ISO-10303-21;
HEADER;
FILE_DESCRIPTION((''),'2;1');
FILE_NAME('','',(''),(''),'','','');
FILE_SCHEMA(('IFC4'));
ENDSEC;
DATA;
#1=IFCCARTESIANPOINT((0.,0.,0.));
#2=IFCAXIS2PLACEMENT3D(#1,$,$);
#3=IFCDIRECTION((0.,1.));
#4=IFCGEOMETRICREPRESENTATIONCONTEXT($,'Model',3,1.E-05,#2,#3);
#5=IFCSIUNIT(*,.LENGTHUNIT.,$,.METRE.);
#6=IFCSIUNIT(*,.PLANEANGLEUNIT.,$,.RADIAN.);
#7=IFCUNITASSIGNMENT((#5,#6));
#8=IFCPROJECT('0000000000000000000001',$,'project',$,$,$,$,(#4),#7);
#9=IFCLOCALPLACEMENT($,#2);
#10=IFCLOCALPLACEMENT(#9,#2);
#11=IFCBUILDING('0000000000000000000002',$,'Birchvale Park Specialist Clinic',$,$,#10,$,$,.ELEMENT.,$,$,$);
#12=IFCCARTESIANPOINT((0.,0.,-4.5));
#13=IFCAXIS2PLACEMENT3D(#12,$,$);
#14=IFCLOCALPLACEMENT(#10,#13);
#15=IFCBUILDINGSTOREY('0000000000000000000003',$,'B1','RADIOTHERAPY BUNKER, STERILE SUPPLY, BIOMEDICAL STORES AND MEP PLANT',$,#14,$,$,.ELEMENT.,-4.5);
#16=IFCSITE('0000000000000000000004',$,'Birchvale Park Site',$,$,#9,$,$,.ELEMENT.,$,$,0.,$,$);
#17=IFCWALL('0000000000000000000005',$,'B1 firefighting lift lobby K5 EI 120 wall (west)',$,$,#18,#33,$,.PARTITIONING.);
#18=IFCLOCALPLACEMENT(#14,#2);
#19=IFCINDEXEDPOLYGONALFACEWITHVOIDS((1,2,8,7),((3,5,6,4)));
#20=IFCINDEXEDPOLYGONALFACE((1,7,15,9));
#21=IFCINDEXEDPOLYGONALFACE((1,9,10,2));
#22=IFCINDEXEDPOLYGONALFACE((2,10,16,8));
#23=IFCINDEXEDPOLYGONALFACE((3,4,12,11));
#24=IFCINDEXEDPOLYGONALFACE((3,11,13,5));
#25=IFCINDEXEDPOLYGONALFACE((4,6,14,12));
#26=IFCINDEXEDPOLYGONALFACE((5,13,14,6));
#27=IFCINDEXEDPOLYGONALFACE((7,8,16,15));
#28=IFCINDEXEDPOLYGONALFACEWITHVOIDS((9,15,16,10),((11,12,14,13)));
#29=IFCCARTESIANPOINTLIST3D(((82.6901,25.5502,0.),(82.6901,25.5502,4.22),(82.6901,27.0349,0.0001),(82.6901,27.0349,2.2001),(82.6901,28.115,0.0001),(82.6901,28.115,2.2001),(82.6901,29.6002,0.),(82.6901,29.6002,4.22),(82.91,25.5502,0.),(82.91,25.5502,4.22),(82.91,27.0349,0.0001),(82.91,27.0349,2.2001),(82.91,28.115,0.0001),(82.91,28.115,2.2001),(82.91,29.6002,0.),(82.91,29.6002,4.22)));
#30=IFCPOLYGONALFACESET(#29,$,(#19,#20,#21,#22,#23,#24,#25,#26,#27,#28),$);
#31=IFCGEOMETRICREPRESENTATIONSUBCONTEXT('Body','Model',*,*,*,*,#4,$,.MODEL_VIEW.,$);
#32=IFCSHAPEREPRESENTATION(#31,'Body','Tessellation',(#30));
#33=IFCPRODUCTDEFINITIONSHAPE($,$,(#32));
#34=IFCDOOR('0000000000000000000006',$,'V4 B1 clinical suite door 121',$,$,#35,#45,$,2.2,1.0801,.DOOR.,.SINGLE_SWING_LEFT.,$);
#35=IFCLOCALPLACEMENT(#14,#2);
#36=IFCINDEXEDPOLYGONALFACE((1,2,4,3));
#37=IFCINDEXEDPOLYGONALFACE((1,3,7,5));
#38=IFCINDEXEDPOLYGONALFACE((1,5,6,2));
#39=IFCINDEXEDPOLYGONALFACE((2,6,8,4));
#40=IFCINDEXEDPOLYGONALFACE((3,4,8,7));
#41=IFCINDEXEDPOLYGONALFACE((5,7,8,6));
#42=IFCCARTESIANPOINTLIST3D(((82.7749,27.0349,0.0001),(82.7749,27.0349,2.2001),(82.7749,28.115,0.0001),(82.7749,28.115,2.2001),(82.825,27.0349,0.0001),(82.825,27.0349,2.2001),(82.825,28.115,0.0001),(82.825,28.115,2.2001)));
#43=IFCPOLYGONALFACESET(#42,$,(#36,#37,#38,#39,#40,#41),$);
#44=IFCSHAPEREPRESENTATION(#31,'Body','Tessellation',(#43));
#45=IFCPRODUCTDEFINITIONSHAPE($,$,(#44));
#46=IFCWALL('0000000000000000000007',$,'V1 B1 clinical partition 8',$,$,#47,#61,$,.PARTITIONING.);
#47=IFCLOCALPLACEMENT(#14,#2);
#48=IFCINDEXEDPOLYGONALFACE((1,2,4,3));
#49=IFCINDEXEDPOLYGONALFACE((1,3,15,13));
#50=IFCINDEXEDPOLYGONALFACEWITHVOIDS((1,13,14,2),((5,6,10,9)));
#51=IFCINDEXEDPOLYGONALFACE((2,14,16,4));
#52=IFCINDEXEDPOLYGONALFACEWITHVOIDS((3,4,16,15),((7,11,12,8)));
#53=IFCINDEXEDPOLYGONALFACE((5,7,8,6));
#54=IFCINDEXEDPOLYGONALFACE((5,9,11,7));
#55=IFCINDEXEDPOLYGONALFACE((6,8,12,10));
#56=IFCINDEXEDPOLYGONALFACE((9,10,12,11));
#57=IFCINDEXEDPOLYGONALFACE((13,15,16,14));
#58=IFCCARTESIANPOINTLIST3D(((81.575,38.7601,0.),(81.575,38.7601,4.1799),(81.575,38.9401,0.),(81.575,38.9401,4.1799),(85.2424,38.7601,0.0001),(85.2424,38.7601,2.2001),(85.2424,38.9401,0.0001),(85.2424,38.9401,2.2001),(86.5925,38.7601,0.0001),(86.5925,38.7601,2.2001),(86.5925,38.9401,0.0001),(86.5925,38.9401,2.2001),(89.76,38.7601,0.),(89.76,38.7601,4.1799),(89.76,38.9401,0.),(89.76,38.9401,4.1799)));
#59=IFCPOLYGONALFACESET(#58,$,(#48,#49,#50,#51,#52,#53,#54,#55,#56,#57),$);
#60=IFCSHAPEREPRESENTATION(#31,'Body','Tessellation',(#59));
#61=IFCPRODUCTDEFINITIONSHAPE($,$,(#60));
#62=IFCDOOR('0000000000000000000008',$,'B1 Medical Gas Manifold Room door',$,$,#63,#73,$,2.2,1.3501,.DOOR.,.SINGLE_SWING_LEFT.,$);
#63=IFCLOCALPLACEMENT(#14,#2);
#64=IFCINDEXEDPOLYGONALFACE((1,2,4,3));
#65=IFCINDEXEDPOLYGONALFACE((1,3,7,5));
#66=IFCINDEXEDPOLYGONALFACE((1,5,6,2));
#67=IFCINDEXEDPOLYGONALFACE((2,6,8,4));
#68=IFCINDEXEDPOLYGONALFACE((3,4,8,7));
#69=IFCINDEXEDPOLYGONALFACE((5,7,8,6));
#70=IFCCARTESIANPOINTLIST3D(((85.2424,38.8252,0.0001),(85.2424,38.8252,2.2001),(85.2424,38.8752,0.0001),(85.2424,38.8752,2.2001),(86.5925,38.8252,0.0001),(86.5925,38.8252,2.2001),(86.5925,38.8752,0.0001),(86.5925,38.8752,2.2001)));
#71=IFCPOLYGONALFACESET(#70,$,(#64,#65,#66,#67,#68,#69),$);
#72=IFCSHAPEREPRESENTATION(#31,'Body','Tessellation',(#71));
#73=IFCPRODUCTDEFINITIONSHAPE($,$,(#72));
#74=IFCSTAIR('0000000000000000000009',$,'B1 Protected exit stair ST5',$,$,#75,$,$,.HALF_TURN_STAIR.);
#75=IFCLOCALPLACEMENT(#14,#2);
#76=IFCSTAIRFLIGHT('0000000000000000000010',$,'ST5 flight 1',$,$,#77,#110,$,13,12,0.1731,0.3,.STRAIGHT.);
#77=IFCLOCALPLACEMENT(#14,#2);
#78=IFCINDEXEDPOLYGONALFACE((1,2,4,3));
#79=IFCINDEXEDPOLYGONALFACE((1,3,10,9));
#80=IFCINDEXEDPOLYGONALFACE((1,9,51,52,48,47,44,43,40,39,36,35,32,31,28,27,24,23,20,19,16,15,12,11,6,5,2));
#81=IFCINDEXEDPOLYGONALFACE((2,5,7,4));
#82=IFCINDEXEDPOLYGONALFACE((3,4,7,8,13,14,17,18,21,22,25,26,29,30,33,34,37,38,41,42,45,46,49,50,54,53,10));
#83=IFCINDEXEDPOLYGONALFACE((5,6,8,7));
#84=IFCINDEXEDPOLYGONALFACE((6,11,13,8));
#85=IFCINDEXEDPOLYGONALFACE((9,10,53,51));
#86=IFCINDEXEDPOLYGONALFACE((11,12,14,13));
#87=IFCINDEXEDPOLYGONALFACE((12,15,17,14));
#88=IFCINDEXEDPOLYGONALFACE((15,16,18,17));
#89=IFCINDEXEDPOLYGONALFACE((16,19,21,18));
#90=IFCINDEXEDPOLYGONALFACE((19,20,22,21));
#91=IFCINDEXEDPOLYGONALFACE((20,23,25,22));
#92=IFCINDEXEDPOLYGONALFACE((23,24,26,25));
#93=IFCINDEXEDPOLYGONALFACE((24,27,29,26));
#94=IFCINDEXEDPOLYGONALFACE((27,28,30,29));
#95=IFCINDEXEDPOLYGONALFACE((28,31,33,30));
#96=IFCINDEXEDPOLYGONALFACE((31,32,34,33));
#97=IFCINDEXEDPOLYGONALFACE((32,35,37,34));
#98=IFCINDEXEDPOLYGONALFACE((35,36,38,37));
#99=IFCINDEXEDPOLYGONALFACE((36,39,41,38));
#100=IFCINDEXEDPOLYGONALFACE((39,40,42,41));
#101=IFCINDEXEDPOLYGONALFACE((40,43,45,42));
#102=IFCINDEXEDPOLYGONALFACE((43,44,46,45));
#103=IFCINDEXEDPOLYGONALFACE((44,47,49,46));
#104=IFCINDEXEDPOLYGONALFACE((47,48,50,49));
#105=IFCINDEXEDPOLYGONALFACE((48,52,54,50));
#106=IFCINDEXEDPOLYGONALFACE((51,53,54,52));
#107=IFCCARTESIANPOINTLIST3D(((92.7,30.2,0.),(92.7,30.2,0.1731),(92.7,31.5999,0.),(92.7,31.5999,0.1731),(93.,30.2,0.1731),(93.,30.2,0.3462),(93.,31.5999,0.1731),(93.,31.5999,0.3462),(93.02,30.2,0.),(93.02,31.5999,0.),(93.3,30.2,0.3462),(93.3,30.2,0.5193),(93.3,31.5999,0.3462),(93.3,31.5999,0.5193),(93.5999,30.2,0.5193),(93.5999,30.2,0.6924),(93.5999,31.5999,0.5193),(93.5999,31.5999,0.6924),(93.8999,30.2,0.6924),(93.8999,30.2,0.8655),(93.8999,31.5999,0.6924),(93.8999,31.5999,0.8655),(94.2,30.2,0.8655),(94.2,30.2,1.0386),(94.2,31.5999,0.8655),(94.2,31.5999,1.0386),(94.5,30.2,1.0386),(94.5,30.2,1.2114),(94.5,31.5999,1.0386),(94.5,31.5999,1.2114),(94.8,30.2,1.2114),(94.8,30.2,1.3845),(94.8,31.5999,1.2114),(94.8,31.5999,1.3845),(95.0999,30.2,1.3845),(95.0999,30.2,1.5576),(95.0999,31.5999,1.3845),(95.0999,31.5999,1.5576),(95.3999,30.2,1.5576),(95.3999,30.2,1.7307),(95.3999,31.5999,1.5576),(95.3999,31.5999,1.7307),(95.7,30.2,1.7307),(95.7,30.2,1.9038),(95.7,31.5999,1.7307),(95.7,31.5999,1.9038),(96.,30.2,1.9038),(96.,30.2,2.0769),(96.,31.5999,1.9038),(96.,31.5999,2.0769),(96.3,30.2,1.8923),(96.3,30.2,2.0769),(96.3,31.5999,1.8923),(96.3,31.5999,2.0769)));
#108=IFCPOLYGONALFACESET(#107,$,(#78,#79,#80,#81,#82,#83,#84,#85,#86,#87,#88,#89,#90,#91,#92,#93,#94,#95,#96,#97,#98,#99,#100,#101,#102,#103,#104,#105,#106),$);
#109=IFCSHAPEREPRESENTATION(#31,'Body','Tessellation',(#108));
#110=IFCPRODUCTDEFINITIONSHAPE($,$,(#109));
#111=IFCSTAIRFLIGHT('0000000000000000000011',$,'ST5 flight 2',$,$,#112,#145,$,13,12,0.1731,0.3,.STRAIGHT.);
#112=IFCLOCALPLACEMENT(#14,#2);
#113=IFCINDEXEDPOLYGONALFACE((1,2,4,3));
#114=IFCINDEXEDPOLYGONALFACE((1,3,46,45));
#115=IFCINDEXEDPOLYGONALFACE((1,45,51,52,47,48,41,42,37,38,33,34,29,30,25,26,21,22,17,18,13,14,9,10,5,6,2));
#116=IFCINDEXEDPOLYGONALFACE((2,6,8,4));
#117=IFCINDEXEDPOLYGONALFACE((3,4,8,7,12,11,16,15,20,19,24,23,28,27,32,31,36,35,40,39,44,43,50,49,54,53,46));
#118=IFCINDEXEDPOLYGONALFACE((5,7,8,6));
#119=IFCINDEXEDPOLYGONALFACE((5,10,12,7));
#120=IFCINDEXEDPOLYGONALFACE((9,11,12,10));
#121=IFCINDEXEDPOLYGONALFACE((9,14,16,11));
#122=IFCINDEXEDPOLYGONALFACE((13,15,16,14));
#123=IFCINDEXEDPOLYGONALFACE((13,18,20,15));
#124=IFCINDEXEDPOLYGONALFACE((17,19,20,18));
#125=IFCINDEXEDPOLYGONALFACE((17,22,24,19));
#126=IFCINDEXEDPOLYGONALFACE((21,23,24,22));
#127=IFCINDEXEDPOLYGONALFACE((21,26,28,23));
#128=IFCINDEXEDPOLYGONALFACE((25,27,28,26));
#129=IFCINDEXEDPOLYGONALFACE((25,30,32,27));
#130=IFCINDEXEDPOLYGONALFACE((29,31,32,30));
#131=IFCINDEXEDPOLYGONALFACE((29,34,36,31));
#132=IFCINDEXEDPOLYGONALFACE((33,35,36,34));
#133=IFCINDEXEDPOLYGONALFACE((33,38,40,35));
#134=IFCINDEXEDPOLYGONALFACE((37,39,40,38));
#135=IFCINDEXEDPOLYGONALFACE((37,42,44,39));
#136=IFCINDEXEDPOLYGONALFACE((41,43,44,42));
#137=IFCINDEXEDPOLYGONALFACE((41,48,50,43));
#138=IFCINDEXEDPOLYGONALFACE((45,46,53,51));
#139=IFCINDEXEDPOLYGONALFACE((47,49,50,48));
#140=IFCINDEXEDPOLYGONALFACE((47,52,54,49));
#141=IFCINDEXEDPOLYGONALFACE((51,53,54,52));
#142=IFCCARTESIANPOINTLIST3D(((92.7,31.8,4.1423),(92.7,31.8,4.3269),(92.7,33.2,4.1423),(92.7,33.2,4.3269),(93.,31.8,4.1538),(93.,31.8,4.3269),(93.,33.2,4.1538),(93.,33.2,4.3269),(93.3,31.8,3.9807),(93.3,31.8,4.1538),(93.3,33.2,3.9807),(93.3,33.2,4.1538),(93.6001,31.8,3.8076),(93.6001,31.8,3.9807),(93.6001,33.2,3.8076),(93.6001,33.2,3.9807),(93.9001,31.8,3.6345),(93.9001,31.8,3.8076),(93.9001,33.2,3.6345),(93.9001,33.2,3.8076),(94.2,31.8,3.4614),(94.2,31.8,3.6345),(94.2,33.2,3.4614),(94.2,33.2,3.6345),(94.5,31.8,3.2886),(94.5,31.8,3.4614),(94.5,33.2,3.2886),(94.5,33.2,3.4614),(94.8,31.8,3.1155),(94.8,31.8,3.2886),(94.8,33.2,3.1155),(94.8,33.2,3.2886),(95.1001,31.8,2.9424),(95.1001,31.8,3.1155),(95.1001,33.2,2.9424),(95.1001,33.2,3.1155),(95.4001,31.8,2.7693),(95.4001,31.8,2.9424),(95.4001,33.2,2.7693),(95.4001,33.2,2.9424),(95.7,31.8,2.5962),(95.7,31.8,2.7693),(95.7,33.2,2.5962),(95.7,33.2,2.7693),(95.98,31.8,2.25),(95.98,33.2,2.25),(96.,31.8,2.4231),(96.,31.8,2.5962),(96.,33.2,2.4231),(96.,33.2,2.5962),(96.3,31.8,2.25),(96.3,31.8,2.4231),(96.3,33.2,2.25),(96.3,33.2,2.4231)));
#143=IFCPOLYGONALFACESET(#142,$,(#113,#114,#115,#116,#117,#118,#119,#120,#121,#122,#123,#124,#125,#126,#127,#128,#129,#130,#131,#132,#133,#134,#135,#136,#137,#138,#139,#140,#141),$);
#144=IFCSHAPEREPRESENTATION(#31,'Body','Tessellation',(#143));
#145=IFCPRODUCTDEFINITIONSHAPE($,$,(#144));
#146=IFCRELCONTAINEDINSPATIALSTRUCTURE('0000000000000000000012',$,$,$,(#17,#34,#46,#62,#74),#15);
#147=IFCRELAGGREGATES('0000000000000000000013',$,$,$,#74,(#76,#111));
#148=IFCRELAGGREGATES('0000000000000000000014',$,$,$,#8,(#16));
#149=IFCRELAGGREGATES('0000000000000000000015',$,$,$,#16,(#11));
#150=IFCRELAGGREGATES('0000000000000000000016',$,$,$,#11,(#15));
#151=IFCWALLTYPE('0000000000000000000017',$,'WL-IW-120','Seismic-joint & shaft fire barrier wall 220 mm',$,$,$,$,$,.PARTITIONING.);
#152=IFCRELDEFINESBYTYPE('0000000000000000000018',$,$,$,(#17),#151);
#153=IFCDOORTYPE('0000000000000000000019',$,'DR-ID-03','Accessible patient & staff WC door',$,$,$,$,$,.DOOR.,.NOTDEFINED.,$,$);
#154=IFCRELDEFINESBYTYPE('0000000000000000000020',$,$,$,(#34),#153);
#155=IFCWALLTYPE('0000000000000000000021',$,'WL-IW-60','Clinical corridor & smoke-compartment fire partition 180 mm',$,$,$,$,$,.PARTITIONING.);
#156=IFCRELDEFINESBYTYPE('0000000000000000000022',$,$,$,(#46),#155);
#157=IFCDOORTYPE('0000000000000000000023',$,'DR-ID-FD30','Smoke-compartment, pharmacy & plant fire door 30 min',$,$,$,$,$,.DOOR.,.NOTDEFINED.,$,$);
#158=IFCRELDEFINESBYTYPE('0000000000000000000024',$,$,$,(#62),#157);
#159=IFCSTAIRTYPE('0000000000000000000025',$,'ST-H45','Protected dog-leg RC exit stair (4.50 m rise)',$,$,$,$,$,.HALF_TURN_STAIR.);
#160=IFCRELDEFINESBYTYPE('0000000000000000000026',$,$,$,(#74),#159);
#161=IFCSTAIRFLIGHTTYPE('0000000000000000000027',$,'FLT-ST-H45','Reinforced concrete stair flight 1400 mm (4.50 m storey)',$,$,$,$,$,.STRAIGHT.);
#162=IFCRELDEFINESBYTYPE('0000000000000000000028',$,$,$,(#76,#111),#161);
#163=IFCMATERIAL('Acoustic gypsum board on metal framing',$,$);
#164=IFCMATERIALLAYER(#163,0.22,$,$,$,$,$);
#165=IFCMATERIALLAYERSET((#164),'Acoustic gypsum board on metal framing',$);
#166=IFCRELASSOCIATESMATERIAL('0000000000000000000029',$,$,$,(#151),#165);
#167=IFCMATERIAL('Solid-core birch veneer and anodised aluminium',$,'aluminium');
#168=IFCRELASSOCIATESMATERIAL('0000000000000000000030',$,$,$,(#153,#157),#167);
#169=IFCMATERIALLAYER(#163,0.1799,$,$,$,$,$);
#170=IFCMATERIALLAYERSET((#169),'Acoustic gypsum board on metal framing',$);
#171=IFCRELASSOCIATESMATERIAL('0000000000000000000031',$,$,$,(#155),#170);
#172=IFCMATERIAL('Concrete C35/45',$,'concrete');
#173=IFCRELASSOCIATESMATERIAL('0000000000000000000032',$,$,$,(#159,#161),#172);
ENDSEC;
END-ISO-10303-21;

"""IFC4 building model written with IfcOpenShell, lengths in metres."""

from ifc_helpers import new_model, si_unit, direction, frame, frame_2d, origin, place, context, subcontext, project, spatial, polyline, rectangle, outline, extrude, material, layer, layer_set, type_object, element, fill, aggregate, save


model = new_model("IFC4")

# Units and contexts
model_context = context("Model", 3, precision=1e-05, world=origin(), true_north=direction((0.0, 1.0)))
body_context = subcontext(model_context, "Body", "Model", "MODEL_VIEW")
ifc_project = project(units=[si_unit("LENGTHUNIT", "METRE"), si_unit("PLANEANGLEUNIT", "RADIAN")], contexts=[model_context])

# Site, building, storey
site_placement = place(None, origin())
site = spatial("IfcSite", under=ifc_project, at=site_placement, Name="Birchvale Park Site", CompositionType="ELEMENT", RefElevation=0.0)
building_placement = place(site_placement, origin())
building = spatial("IfcBuilding", under=site, at=building_placement, Name="Birchvale Park Specialist Clinic", CompositionType="ELEMENT")
storey_placement = place(building_placement, frame((0.0, 0.0, -4.5)))
storey = spatial("IfcBuildingStorey", under=building, at=storey_placement, Name="B1", Description="RADIOTHERAPY BUNKER, STERILE SUPPLY, BIOMEDICAL STORES AND MEP PLANT", CompositionType="ELEMENT", Elevation=-4.5)

# Shared definitions
ifc_material_1 = material(Name="Solid-core birch veneer and anodised aluminium", Category="aluminium")

# Walls, openings, doors
ifc_material_2 = material(Name="Acoustic gypsum board on metal framing")
ifc_layer_1 = layer(ifc_material_2, 0.22)
ifc_layer_set_1 = layer_set([ifc_layer_1], Name="Acoustic gypsum board on metal framing")
wall_type_1 = type_object("IfcWallType", Name="WL-IW-120", Description="Seismic-joint & shaft fire barrier wall 220 mm", PredefinedType="PARTITIONING", material=ifc_layer_set_1)
wall_1_placement = place(storey_placement, frame((82.8, 29.6001, 0.0), z_axis=(0.0, 0.0, 1.0), x_axis=(0.0, -1.0, 0.0)))
wall_1 = element("IfcWall", 1, at=wall_1_placement, inside=storey, type_object=wall_type_1, Name="B1 firefighting lift lobby K5 EI 120 wall (west)", PredefinedType="PARTITIONING", context=body_context, shape_type="SweptSolid", body=[
    extrude(rectangle(XDim=4.05, YDim=0.22, at=frame_2d((2.0249, 0.0))), origin(), (0.0, 0.0, 1.0), 4.22),
])
opening_1_placement = place(wall_1_placement, frame((1.4851, 0.0, 0.0)))
opening_1 = element("IfcOpeningElement", 2, at=opening_1_placement, cuts=wall_1, PredefinedType="OPENING", context=body_context, shape_type="SweptSolid", body=[
    extrude(rectangle(XDim=1.0801, YDim=2.2, at=frame_2d((0.54, 1.1001))), frame((0.0, 0.1201, 0.0), z_axis=(0.0, -1.0, 0.0), x_axis=(1.0, 0.0, 0.0)), (0.0, 0.0, 1.0), 0.24),
])
door_type_1 = type_object("IfcDoorType", Name="DR-ID-03", Description="Accessible patient & staff WC door", OperationType="NOTDEFINED", PredefinedType="DOOR", material=ifc_material_1)
door_1_placement = place(opening_1_placement, origin())
door_1 = element("IfcDoor", 3, at=door_1_placement, inside=storey, type_object=door_type_1, Name="V4 B1 clinical suite door 121", OperationType="SINGLE_SWING_LEFT", OverallHeight=2.2, OverallWidth=1.0801, PredefinedType="DOOR", context=body_context, shape_type="SweptSolid", body=[
    extrude(rectangle(XDim=1.0801, YDim=2.2, at=frame_2d((0.54, 1.1001))), frame((0.0, 0.0249, 0.0), z_axis=(0.0, -1.0, 0.0), x_axis=(1.0, 0.0, 0.0)), (0.0, 0.0, 1.0), 0.05),
])
fill(opening_1, door_1)
ifc_layer_2 = layer(ifc_material_2, 0.1799)
ifc_layer_set_2 = layer_set([ifc_layer_2], Name="Acoustic gypsum board on metal framing")
wall_type_2 = type_object("IfcWallType", Name="WL-IW-60", Description="Clinical corridor & smoke-compartment fire partition 180 mm", PredefinedType="PARTITIONING", material=ifc_layer_set_2)
wall_2_placement = place(storey_placement, frame((89.76, 38.8501, 0.0), z_axis=(0.0, 0.0, 1.0), x_axis=(-1.0, 0.0, 0.0)))
wall_2 = element("IfcWall", 4, at=wall_2_placement, inside=storey, type_object=wall_type_2, Name="V1 B1 clinical partition 8", PredefinedType="PARTITIONING", context=body_context, shape_type="SweptSolid", body=[
    extrude(rectangle(XDim=8.1851, YDim=0.1799, at=frame_2d((4.0925, 0.0))), origin(), (0.0, 0.0, 1.0), 4.1799),
])
opening_2_placement = place(wall_2_placement, frame((3.1675, 0.0, 0.0)))
opening_2 = element("IfcOpeningElement", 5, at=opening_2_placement, cuts=wall_2, PredefinedType="OPENING", context=body_context, shape_type="SweptSolid", body=[
    extrude(rectangle(XDim=1.3501, YDim=2.2, at=frame_2d((0.675, 1.1001))), frame((0.0, 0.1001, 0.0), z_axis=(0.0, -1.0, 0.0), x_axis=(1.0, 0.0, 0.0)), (0.0, 0.0, 1.0), 0.2),
])
door_type_2 = type_object("IfcDoorType", Name="DR-ID-FD30", Description="Smoke-compartment, pharmacy & plant fire door 30 min", OperationType="NOTDEFINED", PredefinedType="DOOR", material=ifc_material_1)
door_2_placement = place(opening_2_placement, origin())
door_2 = element("IfcDoor", 6, at=door_2_placement, inside=storey, type_object=door_type_2, Name="B1 Medical Gas Manifold Room door", OperationType="SINGLE_SWING_LEFT", OverallHeight=2.2, OverallWidth=1.3501, PredefinedType="DOOR", context=body_context, shape_type="SweptSolid", body=[
    extrude(rectangle(XDim=1.3501, YDim=2.2, at=frame_2d((0.675, 1.1001))), frame((0.0, 0.0249, 0.0), z_axis=(0.0, -1.0, 0.0), x_axis=(1.0, 0.0, 0.0)), (0.0, 0.0, 1.0), 0.05),
])
fill(opening_2, door_2)

# Stair, stair flights
ifc_material_3 = material(Name="Concrete C35/45", Category="concrete")
stair_type = type_object("IfcStairType", Name="ST-H45", Description="Protected dog-leg RC exit stair (4.50 m rise)", PredefinedType="HALF_TURN_STAIR", material=ifc_material_3)
stair_placement = place(storey_placement, origin())
stair = element("IfcStair", 7, at=stair_placement, inside=storey, type_object=stair_type, Name="B1 Protected exit stair ST5", PredefinedType="HALF_TURN_STAIR")
stair_flight_type = type_object("IfcStairFlightType", Name="FLT-ST-H45", Description="Reinforced concrete stair flight 1400 mm (4.50 m storey)", PredefinedType="STRAIGHT", material=ifc_material_3)
stair_flight_1_placement = place(storey_placement, frame((92.7, 30.8999, 0.0), z_axis=(0.0, 0.0, 1.0), x_axis=(1.0, 0.0, 0.0)))
stair_flight_1 = element("IfcStairFlight", 8, at=stair_flight_1_placement, type_object=stair_flight_type, Name="ST5 flight 1", NumberOfRisers=13, NumberOfTreads=12, PredefinedType="STRAIGHT", RiserHeight=0.1731, TreadLength=0.3, context=body_context, shape_type="SweptSolid", body=[
    extrude(outline(polyline([(0.0, 0.0), (0.0, 0.1731), (0.3, 0.1731), (0.3, 0.3462), (0.6001, 0.3462), (0.6001, 0.5193), (0.8999, 0.5193), (0.8999, 0.6924), (1.2, 0.6924), (1.2, 0.8655), (1.5, 0.8655), (1.5, 1.0386), (1.8, 1.0386), (1.8, 1.2114), (2.1001, 1.2114), (2.1001, 1.3845), (2.3999, 1.3845), (2.3999, 1.5576), (2.7, 1.5576), (2.7, 1.7307), (3.0, 1.7307), (3.0, 1.9038), (3.3, 1.9038), (3.3, 2.0769), (3.6001, 2.0769), (3.6001, 2.25), (3.6001, 1.8923), (0.3201, 0.0), (0.0, 0.0)])), frame((0.0, 0.7, 0.0), z_axis=(0.0, -1.0, 0.0), x_axis=(1.0, 0.0, 0.0)), (0.0, 0.0, 1.0), 1.3999),
])
stair_flight_2_placement = place(storey_placement, frame((96.3, 32.5, 2.25), z_axis=(0.0, 0.0, 1.0), x_axis=(-1.0, 0.0, 0.0)))
stair_flight_2 = element("IfcStairFlight", 9, at=stair_flight_2_placement, type_object=stair_flight_type, Name="ST5 flight 2", NumberOfRisers=13, NumberOfTreads=12, PredefinedType="STRAIGHT", RiserHeight=0.1731, TreadLength=0.3, context=body_context, shape_type="SweptSolid", body=[
    extrude(outline(polyline([(0.0, 0.0), (0.0, 0.1731), (0.3, 0.1731), (0.3, 0.3462), (0.6001, 0.3462), (0.6001, 0.5193), (0.8999, 0.5193), (0.8999, 0.6924), (1.2, 0.6924), (1.2, 0.8655), (1.5, 0.8655), (1.5, 1.0386), (1.8, 1.0386), (1.8, 1.2114), (2.1001, 1.2114), (2.1001, 1.3845), (2.3999, 1.3845), (2.3999, 1.5576), (2.7, 1.5576), (2.7, 1.7307), (3.0, 1.7307), (3.0, 1.9038), (3.3, 1.9038), (3.3, 2.0769), (3.6001, 2.0769), (3.6001, 2.25), (3.6001, 1.8923), (0.3201, 0.0), (0.0, 0.0)])), frame((0.0, 0.7, 0.0), z_axis=(0.0, -1.0, 0.0), x_axis=(1.0, 0.0, 0.0)), (0.0, 0.0, 1.0), 1.3999),
])
aggregate(stair, [stair_flight_1, stair_flight_2])

save(model, "model.ifc")
